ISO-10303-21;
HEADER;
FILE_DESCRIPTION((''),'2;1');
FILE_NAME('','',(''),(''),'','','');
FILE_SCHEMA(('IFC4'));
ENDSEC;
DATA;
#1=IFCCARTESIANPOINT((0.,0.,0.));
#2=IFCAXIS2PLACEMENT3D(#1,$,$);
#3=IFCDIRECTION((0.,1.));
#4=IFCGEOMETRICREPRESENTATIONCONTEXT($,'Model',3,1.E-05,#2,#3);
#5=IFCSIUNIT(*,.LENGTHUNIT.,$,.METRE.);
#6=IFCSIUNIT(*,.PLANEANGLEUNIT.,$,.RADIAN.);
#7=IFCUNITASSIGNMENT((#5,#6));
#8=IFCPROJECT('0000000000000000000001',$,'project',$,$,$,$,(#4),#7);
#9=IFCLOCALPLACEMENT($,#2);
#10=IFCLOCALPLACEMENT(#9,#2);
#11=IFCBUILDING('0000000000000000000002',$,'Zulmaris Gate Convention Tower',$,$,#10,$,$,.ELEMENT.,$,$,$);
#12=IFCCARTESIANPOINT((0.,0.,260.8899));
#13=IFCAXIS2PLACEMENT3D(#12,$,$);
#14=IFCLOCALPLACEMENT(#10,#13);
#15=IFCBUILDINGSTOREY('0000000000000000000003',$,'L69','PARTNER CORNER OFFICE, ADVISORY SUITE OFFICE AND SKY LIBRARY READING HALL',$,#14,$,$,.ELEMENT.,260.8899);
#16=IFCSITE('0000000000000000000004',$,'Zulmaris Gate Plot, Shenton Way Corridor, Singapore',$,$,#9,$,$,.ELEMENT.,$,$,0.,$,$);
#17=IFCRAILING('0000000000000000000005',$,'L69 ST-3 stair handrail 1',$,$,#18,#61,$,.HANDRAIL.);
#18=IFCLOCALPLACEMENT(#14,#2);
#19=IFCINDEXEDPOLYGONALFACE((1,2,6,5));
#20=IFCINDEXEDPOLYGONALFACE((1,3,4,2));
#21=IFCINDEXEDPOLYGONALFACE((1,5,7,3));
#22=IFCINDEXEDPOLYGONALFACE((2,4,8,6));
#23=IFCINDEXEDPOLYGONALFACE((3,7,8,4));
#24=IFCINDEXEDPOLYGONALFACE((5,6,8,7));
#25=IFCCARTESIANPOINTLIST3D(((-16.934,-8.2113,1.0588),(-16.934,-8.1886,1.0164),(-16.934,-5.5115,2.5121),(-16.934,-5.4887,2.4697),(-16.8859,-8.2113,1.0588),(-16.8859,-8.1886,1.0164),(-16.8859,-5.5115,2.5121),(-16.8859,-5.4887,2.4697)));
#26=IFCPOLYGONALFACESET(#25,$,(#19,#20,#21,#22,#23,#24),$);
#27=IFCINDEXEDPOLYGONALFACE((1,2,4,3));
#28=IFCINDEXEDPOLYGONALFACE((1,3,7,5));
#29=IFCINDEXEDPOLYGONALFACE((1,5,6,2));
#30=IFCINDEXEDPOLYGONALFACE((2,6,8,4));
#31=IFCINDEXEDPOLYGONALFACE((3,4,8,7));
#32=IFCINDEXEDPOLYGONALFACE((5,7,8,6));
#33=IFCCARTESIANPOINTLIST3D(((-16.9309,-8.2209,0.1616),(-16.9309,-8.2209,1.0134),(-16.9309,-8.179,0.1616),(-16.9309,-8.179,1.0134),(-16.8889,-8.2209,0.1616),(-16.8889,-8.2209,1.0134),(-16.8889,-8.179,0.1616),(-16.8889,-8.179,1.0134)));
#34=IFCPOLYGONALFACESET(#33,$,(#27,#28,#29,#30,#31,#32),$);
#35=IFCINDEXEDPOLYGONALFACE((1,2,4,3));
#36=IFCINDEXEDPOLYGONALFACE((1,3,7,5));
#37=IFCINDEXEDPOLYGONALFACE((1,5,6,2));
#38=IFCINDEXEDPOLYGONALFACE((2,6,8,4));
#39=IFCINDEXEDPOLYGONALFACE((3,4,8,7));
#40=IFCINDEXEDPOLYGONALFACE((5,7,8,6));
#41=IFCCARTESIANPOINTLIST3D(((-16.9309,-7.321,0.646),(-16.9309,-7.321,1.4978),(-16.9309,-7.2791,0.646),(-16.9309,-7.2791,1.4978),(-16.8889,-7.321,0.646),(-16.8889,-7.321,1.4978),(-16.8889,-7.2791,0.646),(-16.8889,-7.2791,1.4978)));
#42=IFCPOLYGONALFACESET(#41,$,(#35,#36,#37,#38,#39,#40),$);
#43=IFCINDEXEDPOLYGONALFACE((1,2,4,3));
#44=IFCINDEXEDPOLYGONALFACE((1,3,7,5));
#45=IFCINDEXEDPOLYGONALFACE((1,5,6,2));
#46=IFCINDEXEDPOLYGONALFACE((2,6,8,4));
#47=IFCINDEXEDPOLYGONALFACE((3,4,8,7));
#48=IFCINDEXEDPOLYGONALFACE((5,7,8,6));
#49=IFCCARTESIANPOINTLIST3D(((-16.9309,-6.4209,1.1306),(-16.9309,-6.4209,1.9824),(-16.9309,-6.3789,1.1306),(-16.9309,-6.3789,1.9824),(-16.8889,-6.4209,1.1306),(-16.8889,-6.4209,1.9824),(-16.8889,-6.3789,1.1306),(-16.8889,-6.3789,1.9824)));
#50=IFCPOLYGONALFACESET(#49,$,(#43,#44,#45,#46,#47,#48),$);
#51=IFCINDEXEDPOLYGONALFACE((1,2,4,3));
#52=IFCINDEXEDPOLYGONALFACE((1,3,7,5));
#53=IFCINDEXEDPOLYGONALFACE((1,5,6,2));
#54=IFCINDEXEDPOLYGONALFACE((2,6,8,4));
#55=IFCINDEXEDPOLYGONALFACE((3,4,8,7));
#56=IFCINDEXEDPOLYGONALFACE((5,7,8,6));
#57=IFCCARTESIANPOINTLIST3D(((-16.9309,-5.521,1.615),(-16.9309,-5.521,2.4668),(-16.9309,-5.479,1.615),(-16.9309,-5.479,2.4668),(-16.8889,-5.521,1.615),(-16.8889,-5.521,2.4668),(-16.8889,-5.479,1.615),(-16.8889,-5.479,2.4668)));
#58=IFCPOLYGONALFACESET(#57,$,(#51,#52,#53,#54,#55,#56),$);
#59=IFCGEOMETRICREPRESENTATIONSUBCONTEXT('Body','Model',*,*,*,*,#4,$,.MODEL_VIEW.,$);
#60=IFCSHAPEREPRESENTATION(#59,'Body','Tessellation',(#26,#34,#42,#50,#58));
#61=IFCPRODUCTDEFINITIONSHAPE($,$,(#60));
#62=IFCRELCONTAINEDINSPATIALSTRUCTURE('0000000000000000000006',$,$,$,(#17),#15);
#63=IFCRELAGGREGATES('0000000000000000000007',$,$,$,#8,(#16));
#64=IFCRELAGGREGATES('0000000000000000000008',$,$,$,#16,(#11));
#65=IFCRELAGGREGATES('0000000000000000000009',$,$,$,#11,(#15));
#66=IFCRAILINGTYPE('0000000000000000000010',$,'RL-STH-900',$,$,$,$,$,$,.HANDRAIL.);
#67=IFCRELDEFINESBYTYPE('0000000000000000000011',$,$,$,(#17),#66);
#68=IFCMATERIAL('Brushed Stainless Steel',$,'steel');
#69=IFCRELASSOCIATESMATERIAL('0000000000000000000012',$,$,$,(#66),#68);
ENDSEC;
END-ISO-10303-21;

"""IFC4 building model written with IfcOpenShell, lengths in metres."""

from ifc_helpers import new_model, si_unit, direction, frame, origin, origin_2d, place, context, subcontext, project, spatial, rectangle, extrude, material, type_object, element, save


model = new_model("IFC4")

# Units and contexts
model_context = context("Model", 3, precision=1e-05, world=origin(), true_north=direction((0.0, 1.0)))
body_context = subcontext(model_context, "Body", "Model", "MODEL_VIEW")
ifc_project = project(units=[si_unit("LENGTHUNIT", "METRE"), si_unit("PLANEANGLEUNIT", "RADIAN")], contexts=[model_context])

# Site, building, storey
site_placement = place(None, origin())
site = spatial("IfcSite", under=ifc_project, at=site_placement, Name="Zulmaris Gate Plot, Shenton Way Corridor, Singapore", CompositionType="ELEMENT", RefElevation=0.0)
building_placement = place(site_placement, origin())
building = spatial("IfcBuilding", under=site, at=building_placement, Name="Zulmaris Gate Convention Tower", CompositionType="ELEMENT")
storey_placement = place(building_placement, frame((0.0, 0.0, 260.8899)))
storey = spatial("IfcBuildingStorey", under=building, at=storey_placement, Name="L69", Description="PARTNER CORNER OFFICE, ADVISORY SUITE OFFICE AND SKY LIBRARY READING HALL", CompositionType="ELEMENT", Elevation=260.8899)

# Shared definitions
ifc_material_1 = material(Name="Brushed Stainless Steel", Category="steel")

# Railing
railing_type_1 = type_object("IfcRailingType", Name="RL-STH-900", PredefinedType="HANDRAIL", material=ifc_material_1)
for number, where, name in (
    (1, (-16.9099, -8.2, 0.1616), "L69 ST-3 stair handrail 1"),
):
    element("IfcRailing", number, at=place(storey_placement, frame(where)), inside=storey, type_object=railing_type_1, Name=name, PredefinedType="HANDRAIL", context=body_context, shape_type="SweptSolid", body=[
        extrude(rectangle(XDim=0.0481, YDim=0.0481, at=origin_2d()), frame((0.0, 0.0, 0.876), z_axis=(0.0, 0.880532, 0.473986), x_axis=(-1.0, 0.0, 0.0)), (0.0, 0.0, 1.0), 3.0662),
        extrude(rectangle(XDim=0.042, YDim=0.042, at=origin_2d()), origin(), (0.0, 0.0, 1.0), 0.8518),
        extrude(rectangle(XDim=0.042, YDim=0.042, at=origin_2d()), frame((0.0, 0.8999, 0.4844)), (0.0, 0.0, 1.0), 0.8518),
        extrude(rectangle(XDim=0.042, YDim=0.042, at=origin_2d()), frame((0.0, 1.8, 0.969)), (0.0, 0.0, 1.0), 0.8518),
        extrude(rectangle(XDim=0.042, YDim=0.042, at=origin_2d()), frame((0.0, 2.7, 1.4534)), (0.0, 0.0, 1.0), 0.8518),
    ])

save(model, "model.ifc")
